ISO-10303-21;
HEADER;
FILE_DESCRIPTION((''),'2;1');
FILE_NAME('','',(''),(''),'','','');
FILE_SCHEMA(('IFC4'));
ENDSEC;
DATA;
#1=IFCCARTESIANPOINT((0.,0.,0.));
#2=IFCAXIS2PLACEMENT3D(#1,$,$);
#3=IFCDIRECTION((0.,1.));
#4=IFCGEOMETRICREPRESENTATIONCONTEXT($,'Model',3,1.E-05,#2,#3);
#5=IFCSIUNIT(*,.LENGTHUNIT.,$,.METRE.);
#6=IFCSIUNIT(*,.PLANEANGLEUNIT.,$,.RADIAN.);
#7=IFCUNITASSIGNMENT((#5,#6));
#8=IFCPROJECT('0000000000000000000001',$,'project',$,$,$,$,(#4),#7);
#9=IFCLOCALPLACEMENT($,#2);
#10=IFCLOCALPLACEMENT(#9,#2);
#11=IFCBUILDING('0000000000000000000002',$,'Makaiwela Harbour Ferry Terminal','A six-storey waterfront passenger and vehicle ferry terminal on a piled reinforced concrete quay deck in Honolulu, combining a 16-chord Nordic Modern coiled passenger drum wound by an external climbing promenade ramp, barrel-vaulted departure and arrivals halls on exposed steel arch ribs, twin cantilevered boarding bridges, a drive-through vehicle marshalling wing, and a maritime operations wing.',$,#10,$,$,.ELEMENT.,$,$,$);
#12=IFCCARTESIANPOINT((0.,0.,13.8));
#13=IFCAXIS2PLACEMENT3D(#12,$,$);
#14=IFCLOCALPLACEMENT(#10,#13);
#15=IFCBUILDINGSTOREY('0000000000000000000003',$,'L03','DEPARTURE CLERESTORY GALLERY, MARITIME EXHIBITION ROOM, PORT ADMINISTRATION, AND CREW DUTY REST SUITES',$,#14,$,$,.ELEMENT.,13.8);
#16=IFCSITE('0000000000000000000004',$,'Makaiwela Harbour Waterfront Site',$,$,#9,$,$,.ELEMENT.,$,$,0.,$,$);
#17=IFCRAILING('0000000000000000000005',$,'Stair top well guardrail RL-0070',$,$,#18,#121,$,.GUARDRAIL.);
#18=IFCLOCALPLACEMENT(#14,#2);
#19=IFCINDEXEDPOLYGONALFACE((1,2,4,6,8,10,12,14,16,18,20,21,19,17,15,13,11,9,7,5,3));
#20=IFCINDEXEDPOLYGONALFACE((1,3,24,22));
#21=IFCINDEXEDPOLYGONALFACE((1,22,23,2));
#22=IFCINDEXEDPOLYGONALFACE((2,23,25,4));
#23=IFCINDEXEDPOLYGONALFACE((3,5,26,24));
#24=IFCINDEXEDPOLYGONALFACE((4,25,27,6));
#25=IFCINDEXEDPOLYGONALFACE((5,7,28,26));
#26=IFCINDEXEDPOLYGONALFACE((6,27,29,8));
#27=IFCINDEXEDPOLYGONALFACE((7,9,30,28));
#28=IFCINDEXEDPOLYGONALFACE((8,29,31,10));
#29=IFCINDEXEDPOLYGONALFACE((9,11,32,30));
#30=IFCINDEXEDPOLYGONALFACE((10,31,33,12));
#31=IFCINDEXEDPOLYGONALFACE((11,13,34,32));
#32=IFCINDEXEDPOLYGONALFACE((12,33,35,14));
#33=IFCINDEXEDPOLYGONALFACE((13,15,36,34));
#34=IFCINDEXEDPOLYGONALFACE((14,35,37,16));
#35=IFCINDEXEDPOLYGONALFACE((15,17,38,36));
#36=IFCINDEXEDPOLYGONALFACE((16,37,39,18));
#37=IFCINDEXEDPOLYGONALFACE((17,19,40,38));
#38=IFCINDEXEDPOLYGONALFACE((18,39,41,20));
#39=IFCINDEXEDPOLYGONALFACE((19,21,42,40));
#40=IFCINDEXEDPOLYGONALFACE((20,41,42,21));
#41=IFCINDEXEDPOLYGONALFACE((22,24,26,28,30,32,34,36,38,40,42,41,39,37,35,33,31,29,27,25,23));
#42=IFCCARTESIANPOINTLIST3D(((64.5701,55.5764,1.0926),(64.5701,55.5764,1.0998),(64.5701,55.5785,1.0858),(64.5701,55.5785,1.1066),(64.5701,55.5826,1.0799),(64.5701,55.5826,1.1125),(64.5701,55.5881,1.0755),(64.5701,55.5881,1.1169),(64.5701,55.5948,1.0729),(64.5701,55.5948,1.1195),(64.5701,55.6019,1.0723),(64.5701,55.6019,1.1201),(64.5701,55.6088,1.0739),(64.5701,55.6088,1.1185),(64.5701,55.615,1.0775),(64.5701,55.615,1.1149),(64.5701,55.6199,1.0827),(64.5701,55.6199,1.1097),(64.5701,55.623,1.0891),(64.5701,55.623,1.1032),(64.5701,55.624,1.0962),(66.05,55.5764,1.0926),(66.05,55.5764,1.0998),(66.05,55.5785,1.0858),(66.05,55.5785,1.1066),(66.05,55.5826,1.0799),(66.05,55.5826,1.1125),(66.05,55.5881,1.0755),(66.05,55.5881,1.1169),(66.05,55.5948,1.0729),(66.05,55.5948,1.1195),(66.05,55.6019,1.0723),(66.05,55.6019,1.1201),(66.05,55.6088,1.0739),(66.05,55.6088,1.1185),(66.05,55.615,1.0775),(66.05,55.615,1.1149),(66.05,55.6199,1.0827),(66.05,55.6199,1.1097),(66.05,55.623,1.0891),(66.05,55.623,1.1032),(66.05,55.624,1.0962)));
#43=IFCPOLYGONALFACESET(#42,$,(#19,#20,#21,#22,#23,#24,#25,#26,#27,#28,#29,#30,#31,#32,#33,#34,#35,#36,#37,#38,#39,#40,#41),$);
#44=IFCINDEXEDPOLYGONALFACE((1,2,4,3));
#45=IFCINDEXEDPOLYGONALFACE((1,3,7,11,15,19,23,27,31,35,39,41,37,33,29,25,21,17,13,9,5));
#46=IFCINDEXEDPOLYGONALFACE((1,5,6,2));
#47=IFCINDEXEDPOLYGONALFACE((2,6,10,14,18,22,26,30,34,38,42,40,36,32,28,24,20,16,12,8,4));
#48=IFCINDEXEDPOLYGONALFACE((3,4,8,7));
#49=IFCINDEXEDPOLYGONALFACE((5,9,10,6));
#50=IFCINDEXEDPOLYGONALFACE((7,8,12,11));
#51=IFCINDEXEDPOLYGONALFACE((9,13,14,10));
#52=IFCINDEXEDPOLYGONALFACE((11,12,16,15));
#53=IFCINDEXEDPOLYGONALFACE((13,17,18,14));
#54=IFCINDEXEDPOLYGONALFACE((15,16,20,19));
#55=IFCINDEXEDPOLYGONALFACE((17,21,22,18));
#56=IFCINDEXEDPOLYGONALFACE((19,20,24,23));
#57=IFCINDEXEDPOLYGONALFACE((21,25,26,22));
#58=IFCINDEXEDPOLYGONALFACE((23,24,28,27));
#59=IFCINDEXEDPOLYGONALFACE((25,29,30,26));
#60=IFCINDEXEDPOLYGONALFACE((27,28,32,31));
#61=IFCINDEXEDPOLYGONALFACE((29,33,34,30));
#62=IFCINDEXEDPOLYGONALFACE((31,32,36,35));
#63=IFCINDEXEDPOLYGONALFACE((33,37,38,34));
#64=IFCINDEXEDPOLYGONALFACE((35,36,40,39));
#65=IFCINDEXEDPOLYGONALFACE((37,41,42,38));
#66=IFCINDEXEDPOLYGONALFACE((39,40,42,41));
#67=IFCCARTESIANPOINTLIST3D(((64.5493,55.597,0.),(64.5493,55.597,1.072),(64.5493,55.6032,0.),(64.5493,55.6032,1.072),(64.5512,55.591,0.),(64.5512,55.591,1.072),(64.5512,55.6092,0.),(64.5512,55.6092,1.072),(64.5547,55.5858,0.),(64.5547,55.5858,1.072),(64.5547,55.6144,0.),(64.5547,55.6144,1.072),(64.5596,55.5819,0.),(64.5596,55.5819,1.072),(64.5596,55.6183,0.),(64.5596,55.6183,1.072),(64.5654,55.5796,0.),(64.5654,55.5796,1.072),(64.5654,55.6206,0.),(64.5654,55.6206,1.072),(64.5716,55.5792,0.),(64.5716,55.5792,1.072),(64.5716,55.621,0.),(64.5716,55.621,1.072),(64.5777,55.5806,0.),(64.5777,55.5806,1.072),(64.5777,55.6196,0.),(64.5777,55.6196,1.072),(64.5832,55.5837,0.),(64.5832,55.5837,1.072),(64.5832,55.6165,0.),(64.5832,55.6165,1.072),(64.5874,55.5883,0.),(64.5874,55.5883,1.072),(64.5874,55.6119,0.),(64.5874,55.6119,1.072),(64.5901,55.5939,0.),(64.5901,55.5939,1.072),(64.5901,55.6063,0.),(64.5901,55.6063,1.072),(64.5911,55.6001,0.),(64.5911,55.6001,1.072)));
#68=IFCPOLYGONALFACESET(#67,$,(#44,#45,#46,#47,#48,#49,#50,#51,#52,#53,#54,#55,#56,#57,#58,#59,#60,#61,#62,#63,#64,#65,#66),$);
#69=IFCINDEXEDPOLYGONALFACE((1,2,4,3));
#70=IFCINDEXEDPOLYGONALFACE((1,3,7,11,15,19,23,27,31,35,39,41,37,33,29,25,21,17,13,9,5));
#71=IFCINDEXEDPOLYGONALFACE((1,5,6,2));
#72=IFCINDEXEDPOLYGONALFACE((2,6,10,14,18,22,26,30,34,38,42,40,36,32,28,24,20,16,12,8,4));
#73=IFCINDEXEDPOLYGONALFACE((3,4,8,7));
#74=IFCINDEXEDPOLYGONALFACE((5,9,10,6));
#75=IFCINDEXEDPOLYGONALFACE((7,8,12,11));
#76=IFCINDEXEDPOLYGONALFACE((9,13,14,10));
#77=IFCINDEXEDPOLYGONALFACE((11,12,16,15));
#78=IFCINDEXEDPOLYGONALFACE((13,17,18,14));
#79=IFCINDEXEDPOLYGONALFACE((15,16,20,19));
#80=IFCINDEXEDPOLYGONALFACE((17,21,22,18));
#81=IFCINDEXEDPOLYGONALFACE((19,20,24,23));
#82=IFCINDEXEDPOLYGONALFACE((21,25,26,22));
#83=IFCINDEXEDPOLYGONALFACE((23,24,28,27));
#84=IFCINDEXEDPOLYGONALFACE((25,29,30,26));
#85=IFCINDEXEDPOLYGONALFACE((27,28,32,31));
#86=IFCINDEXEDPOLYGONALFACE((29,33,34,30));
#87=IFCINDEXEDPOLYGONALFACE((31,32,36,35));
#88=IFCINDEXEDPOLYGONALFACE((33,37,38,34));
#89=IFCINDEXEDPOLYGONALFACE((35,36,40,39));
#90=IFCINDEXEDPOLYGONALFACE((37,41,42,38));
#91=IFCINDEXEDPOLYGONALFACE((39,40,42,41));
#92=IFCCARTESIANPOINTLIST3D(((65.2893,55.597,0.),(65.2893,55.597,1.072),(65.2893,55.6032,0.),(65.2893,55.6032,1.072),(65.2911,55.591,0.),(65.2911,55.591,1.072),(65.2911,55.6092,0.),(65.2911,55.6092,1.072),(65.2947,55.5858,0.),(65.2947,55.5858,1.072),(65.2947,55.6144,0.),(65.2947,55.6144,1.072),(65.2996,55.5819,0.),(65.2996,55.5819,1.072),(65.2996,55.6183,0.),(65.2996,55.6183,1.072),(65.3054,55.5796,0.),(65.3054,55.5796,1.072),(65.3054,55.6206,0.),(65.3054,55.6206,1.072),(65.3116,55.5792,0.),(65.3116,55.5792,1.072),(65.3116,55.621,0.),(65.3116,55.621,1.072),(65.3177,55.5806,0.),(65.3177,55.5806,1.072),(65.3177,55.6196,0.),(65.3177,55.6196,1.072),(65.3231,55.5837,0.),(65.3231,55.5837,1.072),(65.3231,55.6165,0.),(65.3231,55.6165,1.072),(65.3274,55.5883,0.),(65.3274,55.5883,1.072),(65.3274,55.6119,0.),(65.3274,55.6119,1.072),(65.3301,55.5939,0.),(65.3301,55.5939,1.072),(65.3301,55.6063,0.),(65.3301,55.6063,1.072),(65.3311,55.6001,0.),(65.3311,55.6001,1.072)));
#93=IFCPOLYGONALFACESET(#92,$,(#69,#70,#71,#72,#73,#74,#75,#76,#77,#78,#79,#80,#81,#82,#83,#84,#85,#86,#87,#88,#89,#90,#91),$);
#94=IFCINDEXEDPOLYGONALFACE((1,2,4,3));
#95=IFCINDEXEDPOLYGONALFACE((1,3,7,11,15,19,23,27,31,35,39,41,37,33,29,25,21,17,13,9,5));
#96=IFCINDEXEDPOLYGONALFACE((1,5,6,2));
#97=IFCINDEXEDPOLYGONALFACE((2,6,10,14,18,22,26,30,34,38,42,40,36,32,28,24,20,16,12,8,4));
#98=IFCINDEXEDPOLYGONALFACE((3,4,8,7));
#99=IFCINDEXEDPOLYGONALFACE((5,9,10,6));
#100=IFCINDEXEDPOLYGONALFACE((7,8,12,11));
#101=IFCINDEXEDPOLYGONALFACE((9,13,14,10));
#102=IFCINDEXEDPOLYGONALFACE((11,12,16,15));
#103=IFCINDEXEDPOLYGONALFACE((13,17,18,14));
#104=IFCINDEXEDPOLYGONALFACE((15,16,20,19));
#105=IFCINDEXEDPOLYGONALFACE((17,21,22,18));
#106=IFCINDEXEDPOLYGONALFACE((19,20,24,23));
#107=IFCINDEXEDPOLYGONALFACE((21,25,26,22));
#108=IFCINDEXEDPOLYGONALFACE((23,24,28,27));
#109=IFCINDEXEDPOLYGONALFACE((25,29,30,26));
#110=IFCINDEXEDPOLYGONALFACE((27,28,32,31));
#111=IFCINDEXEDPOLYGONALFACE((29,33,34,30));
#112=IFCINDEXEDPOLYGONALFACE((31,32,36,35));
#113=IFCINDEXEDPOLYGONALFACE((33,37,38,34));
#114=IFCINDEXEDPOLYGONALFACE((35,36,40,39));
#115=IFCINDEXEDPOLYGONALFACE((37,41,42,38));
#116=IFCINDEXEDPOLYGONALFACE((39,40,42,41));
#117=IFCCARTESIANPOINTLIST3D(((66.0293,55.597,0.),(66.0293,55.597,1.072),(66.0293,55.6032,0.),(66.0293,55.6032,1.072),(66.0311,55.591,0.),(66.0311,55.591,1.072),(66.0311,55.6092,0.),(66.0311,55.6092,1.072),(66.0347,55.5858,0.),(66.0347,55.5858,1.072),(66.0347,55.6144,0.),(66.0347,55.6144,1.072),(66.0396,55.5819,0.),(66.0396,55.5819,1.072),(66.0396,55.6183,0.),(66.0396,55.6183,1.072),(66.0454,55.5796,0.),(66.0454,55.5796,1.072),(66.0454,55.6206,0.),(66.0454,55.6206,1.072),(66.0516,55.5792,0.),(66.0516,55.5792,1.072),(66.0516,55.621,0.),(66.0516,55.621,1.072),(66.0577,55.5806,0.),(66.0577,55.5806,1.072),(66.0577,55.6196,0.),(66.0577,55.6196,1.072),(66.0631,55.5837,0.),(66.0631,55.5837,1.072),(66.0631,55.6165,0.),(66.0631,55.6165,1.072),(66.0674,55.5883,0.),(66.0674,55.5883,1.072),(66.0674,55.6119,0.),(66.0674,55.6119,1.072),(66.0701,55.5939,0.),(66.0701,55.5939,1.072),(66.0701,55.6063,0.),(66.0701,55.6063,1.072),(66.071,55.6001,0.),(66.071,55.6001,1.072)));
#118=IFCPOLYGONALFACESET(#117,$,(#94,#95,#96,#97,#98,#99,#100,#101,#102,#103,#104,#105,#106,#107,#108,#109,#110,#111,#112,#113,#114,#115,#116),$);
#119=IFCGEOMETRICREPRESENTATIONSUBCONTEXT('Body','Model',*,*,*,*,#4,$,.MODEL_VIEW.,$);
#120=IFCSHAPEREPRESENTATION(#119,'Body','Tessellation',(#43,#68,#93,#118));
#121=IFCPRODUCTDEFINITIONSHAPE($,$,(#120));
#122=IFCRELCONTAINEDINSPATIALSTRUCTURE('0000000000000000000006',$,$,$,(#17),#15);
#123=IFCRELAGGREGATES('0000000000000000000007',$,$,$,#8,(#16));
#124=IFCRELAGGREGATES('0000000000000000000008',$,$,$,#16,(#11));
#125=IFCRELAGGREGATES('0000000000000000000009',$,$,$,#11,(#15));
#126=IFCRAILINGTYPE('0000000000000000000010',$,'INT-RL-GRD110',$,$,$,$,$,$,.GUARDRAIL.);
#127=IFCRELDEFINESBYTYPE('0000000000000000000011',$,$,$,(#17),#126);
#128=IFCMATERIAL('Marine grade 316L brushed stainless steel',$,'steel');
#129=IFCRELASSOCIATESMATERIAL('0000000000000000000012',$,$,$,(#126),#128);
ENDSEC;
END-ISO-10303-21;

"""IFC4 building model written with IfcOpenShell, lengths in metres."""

from ifc_helpers import new_model, si_unit, direction, frame, origin, origin_2d, place, context, subcontext, project, spatial, circle, extrude, material, type_object, element, save


model = new_model("IFC4")

# Units and contexts
model_context = context("Model", 3, precision=1e-05, world=origin(), true_north=direction((0.0, 1.0)))
body_context = subcontext(model_context, "Body", "Model", "MODEL_VIEW")
ifc_project = project(units=[si_unit("LENGTHUNIT", "METRE"), si_unit("PLANEANGLEUNIT", "RADIAN")], contexts=[model_context])

# Site, building, storey
site_placement = place(None, origin())
site = spatial("IfcSite", under=ifc_project, at=site_placement, Name="Makaiwela Harbour Waterfront Site", CompositionType="ELEMENT", RefElevation=0.0)
building_placement = place(site_placement, origin())
building = spatial("IfcBuilding", under=site, at=building_placement, Name="Makaiwela Harbour Ferry Terminal", Description="A six-storey waterfront passenger and vehicle ferry terminal on a piled reinforced concrete quay deck in Honolulu, combining a 16-chord Nordic Modern coiled passenger drum wound by an external climbing promenade ramp, barrel-vaulted departure and arrivals halls on exposed steel arch ribs, twin cantilevered boarding bridges, a drive-through vehicle marshalling wing, and a maritime operations wing.", CompositionType="ELEMENT")
storey_placement = place(building_placement, frame((0.0, 0.0, 13.8)))
storey = spatial("IfcBuildingStorey", under=building, at=storey_placement, Name="L03", Description="DEPARTURE CLERESTORY GALLERY, MARITIME EXHIBITION ROOM, PORT ADMINISTRATION, AND CREW DUTY REST SUITES", CompositionType="ELEMENT", Elevation=13.8)

# Shared definitions
ifc_material_1 = material(Name="Marine grade 316L brushed stainless steel", Category="steel")

# Railing
railing_type = type_object("IfcRailingType", Name="INT-RL-GRD110", PredefinedType="GUARDRAIL", material=ifc_material_1)
railing_placement = place(storey_placement, frame((64.5701, 55.6001, 0.0)))
element("IfcRailing", 1, at=railing_placement, inside=storey, type_object=railing_type, Name="Stair top well guardrail RL-0070", PredefinedType="GUARDRAIL", context=body_context, shape_type="SweptSolid", body=[
    extrude(circle(Radius=0.0239, at=origin_2d()), frame((0.0, 0.0, 1.0962), z_axis=(1.0, 0.0, 0.0), x_axis=(0.0, 1.0, 0.0)), (0.0, 0.0, 1.0), 1.48),
    extrude(circle(Radius=0.021, at=origin_2d()), origin(), (0.0, 0.0, 1.0), 1.072),
    extrude(circle(Radius=0.021, at=origin_2d()), frame((0.74, 0.0, 0.0)), (0.0, 0.0, 1.0), 1.072),
    extrude(circle(Radius=0.021, at=origin_2d()), frame((1.48, 0.0, 0.0)), (0.0, 0.0, 1.0), 1.072),
])

save(model, "model.ifc")
